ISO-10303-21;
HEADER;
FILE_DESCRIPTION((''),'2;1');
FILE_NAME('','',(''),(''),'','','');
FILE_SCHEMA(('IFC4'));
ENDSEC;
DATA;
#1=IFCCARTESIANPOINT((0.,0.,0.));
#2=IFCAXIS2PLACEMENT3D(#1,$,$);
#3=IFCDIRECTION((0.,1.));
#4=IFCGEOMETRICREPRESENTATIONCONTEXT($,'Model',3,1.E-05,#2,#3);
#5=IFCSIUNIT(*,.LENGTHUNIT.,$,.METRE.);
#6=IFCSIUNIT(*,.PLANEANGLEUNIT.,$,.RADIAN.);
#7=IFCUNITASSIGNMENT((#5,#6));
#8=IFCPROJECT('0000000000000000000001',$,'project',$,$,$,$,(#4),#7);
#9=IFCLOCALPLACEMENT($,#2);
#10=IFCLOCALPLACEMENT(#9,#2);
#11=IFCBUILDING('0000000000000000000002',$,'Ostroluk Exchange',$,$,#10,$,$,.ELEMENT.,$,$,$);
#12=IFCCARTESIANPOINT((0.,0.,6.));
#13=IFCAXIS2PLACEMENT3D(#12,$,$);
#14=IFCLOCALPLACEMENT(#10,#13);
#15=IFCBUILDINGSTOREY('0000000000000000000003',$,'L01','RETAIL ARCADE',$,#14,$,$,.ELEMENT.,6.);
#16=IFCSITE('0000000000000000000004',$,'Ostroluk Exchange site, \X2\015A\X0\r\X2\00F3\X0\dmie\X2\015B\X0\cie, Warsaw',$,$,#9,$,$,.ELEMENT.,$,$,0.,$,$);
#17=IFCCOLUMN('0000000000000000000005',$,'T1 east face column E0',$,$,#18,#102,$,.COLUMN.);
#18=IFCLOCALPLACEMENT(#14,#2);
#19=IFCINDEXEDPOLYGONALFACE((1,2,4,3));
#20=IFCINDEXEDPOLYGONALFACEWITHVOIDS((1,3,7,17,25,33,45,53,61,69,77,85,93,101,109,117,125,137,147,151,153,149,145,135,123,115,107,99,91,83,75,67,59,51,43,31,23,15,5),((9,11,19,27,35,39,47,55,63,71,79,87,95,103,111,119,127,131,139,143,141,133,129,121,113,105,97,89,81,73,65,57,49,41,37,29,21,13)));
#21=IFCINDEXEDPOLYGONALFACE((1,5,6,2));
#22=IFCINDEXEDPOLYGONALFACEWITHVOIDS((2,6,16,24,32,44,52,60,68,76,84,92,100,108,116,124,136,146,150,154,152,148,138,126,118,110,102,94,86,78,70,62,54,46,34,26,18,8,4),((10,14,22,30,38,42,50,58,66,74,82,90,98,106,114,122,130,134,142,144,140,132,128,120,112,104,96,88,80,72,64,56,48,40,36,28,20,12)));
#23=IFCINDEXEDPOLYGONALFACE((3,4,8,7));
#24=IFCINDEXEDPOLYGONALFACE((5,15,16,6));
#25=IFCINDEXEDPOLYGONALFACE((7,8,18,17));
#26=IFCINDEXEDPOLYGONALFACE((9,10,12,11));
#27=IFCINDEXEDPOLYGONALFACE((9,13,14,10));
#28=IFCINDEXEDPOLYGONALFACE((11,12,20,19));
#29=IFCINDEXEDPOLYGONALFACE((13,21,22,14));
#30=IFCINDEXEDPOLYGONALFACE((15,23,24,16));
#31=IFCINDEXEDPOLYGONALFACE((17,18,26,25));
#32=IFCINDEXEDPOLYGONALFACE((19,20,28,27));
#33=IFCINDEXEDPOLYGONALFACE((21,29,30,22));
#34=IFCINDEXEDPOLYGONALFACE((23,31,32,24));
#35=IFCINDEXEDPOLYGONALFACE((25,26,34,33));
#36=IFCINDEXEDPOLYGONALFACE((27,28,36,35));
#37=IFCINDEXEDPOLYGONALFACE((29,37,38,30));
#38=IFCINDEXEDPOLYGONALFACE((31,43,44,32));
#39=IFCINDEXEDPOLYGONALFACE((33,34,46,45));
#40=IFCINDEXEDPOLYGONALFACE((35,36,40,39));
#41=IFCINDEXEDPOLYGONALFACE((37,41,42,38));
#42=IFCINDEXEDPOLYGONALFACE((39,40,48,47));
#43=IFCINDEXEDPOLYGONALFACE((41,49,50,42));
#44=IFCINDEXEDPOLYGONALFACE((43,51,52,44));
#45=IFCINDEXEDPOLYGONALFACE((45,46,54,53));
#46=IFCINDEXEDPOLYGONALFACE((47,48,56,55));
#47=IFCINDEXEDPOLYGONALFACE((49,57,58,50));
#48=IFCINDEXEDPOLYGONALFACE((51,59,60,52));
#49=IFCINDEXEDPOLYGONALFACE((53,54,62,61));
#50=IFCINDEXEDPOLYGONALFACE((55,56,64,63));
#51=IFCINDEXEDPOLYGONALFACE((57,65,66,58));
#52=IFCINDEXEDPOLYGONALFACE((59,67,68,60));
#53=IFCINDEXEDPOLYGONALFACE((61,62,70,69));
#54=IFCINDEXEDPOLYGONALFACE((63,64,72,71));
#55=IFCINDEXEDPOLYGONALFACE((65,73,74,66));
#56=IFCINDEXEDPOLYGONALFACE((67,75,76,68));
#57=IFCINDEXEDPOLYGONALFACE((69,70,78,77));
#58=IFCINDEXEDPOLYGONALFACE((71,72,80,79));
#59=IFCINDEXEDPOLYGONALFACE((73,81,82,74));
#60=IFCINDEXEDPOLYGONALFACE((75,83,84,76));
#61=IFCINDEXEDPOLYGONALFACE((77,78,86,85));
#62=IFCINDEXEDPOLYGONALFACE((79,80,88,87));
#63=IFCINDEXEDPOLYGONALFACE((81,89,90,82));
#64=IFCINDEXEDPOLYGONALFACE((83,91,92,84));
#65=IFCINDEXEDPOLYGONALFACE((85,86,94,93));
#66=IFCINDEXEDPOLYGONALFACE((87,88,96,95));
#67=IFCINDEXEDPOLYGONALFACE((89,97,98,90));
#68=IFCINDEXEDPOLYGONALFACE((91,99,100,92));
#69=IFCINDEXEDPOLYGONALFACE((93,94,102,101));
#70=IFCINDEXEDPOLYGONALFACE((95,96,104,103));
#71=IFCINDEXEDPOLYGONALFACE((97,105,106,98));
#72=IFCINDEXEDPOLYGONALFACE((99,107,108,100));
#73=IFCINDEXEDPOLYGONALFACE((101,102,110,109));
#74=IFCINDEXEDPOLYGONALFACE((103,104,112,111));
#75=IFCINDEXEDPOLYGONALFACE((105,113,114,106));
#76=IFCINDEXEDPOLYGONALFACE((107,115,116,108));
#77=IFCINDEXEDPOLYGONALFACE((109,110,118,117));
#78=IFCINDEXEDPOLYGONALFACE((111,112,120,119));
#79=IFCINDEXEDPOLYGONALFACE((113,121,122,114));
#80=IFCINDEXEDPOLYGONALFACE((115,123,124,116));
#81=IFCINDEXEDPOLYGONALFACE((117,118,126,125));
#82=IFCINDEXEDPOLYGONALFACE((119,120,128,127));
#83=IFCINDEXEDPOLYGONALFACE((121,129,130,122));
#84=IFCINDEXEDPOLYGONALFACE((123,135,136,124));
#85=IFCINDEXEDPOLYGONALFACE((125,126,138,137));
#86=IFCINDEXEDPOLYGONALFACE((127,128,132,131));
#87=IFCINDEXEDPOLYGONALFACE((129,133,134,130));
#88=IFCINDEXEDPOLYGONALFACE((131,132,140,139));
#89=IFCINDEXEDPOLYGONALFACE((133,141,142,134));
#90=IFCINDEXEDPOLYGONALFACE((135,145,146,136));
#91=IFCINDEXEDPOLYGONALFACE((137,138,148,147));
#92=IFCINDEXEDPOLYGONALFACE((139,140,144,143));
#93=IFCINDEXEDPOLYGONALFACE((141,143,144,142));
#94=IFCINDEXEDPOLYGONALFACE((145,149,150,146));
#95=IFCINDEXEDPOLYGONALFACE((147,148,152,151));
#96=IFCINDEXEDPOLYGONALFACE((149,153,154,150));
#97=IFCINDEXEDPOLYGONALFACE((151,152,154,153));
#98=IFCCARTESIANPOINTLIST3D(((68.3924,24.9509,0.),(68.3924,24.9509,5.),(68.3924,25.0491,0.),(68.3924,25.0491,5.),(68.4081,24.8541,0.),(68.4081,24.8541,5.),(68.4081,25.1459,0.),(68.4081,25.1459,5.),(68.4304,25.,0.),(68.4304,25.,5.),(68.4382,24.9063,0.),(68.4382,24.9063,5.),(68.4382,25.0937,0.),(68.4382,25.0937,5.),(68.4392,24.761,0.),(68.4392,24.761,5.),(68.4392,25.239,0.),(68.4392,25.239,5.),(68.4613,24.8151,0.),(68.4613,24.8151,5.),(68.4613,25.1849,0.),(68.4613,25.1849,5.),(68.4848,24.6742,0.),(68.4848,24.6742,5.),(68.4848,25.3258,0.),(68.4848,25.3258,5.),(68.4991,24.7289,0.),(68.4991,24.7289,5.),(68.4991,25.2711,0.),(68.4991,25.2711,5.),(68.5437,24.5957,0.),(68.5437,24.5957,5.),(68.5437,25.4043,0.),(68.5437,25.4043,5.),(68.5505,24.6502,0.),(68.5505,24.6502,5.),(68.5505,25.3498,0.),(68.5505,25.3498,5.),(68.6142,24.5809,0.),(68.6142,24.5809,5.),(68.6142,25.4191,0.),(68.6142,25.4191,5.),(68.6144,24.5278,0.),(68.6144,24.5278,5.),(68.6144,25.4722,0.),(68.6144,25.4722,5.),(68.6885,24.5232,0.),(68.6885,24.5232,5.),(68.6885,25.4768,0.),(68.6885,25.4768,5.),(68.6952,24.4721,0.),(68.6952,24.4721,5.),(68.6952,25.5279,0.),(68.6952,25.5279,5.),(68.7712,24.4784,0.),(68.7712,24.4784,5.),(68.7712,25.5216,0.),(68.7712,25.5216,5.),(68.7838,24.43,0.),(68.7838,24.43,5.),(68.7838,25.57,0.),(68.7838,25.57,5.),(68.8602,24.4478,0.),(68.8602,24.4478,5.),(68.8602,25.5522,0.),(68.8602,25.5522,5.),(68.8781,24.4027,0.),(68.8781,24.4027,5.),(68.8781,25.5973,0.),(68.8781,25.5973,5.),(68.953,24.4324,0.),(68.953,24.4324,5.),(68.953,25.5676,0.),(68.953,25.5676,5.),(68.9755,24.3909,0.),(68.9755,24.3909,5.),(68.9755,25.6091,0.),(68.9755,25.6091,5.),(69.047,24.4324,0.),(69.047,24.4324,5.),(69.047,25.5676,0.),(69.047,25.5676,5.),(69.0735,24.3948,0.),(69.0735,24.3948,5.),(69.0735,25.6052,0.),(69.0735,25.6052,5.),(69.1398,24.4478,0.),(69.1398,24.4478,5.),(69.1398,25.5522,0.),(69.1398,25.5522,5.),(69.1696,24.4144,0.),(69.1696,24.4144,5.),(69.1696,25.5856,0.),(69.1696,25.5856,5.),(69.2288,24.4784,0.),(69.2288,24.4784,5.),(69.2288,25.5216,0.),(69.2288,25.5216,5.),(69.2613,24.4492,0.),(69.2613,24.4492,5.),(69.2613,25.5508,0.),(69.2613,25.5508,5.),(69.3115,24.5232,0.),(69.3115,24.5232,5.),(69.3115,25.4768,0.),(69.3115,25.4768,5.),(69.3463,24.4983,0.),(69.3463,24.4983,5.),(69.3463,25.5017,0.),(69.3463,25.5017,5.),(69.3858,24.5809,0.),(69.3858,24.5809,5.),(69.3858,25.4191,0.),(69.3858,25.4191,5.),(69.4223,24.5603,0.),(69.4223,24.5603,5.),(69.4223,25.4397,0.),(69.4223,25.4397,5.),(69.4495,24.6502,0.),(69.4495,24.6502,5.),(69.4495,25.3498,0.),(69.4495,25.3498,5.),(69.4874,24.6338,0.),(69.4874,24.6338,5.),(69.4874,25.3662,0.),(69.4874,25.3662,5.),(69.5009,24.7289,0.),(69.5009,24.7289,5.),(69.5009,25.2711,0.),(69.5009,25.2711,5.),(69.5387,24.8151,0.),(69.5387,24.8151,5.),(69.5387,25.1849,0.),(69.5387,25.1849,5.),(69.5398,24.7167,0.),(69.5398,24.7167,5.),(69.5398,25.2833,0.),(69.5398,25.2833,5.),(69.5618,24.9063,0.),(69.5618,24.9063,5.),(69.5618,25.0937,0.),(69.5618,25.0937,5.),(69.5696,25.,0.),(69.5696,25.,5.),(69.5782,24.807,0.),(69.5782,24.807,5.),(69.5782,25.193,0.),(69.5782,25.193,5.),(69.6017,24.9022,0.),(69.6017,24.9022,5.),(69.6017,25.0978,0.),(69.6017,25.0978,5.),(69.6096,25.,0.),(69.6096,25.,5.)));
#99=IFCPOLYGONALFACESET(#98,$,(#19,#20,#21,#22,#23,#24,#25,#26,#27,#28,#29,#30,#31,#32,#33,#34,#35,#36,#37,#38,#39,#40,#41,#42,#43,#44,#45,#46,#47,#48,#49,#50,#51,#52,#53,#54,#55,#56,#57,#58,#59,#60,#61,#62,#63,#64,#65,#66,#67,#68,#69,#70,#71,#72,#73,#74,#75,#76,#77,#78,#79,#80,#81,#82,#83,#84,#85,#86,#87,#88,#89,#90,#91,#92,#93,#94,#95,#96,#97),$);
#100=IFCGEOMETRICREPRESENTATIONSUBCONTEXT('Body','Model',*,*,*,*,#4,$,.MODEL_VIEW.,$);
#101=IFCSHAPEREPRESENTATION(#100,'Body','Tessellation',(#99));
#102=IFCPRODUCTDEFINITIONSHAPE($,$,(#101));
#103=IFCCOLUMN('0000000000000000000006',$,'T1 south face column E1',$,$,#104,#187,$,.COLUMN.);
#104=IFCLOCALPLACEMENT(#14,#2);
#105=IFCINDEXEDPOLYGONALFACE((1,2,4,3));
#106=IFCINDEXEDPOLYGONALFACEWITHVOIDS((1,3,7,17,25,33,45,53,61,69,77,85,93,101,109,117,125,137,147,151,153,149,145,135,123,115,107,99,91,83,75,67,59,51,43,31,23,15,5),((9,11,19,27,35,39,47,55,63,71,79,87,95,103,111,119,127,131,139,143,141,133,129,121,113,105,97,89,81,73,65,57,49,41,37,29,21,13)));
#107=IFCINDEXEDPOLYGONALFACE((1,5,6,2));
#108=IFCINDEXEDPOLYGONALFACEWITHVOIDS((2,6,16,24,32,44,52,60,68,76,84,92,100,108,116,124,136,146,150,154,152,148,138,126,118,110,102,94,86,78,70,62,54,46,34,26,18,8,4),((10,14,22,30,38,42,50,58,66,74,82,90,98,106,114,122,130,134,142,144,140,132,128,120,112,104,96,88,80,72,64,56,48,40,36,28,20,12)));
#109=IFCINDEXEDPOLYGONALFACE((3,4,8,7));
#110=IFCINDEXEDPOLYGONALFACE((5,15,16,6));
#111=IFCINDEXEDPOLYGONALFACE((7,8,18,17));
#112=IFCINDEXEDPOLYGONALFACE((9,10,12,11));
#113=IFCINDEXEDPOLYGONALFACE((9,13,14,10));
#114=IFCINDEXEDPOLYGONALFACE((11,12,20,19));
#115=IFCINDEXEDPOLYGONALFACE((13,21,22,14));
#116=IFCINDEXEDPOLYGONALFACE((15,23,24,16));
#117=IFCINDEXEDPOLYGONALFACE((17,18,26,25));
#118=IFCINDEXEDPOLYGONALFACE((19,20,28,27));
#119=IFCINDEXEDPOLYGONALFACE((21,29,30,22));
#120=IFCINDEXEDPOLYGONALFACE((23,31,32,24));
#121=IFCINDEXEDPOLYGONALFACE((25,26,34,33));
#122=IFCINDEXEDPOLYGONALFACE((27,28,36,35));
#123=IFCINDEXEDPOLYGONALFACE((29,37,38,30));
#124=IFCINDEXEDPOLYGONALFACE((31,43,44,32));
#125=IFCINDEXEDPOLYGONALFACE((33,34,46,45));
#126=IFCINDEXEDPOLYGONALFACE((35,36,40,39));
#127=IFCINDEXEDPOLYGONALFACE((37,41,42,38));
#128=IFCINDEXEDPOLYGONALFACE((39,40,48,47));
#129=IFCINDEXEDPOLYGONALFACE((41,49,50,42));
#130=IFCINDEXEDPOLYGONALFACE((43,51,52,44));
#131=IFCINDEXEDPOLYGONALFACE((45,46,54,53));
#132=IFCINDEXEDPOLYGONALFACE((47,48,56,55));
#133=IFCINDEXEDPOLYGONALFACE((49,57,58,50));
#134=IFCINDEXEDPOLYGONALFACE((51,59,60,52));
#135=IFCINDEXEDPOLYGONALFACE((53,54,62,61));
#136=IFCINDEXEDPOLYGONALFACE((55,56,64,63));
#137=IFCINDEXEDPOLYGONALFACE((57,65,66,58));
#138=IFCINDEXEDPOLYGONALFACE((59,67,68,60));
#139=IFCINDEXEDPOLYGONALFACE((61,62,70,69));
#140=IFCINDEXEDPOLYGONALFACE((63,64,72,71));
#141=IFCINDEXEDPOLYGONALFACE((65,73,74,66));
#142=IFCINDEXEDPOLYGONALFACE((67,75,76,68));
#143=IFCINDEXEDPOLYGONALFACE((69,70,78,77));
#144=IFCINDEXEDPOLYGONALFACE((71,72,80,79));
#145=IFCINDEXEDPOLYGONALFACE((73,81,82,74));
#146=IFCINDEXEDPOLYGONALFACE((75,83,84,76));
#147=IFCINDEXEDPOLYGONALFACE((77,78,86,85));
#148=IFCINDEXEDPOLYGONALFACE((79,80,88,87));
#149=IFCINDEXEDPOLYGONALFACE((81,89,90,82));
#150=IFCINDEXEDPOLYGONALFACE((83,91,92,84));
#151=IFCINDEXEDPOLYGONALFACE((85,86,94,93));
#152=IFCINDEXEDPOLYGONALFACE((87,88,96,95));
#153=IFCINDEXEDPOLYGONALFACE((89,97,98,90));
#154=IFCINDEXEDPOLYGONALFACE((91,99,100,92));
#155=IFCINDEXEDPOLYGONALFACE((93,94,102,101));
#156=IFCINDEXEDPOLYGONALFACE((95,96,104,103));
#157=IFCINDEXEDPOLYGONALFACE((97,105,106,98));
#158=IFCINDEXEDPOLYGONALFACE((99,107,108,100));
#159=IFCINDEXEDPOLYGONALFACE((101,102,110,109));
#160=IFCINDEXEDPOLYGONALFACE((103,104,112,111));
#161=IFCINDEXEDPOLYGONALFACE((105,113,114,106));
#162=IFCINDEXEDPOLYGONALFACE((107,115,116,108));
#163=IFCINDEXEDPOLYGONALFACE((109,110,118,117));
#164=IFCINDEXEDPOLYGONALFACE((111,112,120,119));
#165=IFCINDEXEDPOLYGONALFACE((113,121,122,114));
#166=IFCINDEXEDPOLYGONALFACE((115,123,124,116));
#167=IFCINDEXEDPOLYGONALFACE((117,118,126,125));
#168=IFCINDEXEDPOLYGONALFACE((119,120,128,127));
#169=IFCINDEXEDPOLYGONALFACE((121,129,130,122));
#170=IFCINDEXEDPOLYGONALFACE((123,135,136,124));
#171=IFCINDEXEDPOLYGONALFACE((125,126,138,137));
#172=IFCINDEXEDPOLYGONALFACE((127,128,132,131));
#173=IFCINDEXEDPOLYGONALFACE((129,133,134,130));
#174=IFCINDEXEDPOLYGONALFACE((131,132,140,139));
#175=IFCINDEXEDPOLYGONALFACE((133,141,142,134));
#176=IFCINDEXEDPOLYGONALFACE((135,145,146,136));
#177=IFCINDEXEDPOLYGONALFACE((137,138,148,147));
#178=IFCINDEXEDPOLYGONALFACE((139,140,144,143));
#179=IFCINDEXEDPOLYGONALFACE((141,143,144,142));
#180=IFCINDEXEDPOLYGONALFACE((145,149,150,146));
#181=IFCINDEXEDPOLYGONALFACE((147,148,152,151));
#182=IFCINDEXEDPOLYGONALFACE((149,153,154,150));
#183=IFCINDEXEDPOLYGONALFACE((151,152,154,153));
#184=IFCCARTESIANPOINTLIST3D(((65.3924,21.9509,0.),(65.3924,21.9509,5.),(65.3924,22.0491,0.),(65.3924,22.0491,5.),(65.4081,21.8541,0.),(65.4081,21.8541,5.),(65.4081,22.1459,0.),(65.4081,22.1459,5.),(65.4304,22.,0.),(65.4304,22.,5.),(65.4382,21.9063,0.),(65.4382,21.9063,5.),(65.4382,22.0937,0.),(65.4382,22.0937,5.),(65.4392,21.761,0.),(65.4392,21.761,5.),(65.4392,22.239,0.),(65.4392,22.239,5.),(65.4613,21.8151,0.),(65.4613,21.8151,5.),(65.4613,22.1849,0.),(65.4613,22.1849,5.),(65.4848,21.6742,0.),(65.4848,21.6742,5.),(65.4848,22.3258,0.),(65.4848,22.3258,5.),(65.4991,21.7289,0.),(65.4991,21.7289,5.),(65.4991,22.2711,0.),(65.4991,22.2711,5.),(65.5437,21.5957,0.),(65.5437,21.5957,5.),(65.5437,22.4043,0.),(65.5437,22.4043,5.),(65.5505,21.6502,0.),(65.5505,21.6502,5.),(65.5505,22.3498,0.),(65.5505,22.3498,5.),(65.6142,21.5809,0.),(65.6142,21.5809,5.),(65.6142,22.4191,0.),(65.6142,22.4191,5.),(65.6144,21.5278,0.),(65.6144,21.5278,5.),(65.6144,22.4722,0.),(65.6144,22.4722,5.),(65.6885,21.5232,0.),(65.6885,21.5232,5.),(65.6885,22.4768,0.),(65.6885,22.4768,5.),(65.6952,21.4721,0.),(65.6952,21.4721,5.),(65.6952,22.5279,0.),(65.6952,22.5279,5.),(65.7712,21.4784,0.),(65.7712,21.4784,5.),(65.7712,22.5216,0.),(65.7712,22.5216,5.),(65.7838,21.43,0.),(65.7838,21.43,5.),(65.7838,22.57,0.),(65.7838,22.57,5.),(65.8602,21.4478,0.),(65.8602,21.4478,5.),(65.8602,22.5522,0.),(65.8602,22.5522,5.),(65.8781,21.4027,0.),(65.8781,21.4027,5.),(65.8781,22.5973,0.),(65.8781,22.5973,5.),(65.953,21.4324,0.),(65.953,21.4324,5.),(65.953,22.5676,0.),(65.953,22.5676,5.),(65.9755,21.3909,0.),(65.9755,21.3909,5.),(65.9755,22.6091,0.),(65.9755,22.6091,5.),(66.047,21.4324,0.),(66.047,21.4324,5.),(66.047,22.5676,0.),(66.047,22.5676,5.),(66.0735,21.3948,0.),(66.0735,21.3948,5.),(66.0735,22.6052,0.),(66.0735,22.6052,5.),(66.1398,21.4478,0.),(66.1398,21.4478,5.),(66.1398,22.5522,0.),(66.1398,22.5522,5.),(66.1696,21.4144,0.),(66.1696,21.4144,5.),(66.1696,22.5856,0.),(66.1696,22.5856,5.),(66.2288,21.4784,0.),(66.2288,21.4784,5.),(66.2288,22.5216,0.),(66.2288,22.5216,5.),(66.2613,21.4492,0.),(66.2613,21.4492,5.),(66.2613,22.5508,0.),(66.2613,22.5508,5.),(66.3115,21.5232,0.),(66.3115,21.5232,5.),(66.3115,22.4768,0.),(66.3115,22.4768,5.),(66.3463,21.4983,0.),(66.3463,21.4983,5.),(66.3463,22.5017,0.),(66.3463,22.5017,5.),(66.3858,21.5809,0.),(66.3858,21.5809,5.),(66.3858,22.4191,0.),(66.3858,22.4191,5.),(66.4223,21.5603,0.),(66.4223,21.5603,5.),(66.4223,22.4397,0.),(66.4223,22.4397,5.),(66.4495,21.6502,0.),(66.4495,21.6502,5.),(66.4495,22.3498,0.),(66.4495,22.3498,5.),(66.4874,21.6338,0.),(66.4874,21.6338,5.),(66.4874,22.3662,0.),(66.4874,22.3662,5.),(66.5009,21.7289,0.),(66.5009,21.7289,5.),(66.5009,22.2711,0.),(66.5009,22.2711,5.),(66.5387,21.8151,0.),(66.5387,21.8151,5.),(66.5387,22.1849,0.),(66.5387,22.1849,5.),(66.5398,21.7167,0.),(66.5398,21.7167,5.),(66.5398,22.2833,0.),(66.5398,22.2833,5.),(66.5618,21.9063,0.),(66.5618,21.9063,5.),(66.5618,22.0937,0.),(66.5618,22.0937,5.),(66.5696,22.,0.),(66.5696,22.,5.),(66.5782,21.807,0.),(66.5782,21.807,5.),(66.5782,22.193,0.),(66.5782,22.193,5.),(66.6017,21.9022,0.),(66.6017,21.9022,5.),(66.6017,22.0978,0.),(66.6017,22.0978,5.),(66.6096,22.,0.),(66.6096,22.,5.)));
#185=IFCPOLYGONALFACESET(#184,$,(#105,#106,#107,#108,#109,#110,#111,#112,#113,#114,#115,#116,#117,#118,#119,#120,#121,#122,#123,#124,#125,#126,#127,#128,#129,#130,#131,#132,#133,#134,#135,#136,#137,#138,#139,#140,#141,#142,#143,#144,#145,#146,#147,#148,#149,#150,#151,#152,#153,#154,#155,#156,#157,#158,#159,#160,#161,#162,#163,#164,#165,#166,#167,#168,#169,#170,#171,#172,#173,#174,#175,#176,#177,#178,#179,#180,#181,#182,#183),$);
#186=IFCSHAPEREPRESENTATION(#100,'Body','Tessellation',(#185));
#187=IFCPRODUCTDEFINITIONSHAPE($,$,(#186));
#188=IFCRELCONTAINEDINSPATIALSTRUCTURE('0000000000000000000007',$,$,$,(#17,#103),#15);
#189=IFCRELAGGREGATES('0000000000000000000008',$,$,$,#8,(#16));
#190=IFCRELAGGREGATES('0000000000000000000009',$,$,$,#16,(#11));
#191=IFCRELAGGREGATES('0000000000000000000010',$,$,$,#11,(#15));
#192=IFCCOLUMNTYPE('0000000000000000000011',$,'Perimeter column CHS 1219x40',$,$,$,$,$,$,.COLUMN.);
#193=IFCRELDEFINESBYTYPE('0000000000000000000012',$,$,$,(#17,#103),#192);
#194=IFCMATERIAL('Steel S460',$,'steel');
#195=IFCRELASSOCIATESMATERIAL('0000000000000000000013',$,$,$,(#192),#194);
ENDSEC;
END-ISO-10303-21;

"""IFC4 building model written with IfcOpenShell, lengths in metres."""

from ifc_helpers import new_model, si_unit, direction, frame, origin, origin_2d, place, context, subcontext, project, spatial, hollow_circle, extrude, material, material_profile, profile_set, type_object, element, save


model = new_model("IFC4")

# Units and contexts
model_context = context("Model", 3, precision=1e-05, world=origin(), true_north=direction((0.0, 1.0)))
body_context = subcontext(model_context, "Body", "Model", "MODEL_VIEW")
ifc_project = project(units=[si_unit("LENGTHUNIT", "METRE"), si_unit("PLANEANGLEUNIT", "RADIAN")], contexts=[model_context])

# Site, building, storey
site_placement = place(None, origin())
site = spatial("IfcSite", under=ifc_project, at=site_placement, Name="Ostroluk Exchange site, Śródmieście, Warsaw", CompositionType="ELEMENT", RefElevation=0.0)
building_placement = place(site_placement, origin())
building = spatial("IfcBuilding", under=site, at=building_placement, Name="Ostroluk Exchange", CompositionType="ELEMENT")
storey_placement = place(building_placement, frame((0.0, 0.0, 6.0)))
storey = spatial("IfcBuildingStorey", under=building, at=storey_placement, Name="L01", Description="RETAIL ARCADE", CompositionType="ELEMENT", Elevation=6.0)

# Columns
ifc_material_1 = material(Name="Steel S460", Category="steel")
ifc_material_profile_1 = material_profile(ifc_material_1, hollow_circle(Radius=0.6096, WallThickness=0.04, at=origin_2d()), Name="CHS 1219x40")
ifc_profile_set_1 = profile_set([ifc_material_profile_1], Name="Steel S460")
column_type_1 = type_object("IfcColumnType", Name="Perimeter column CHS 1219x40", PredefinedType="COLUMN", material=ifc_profile_set_1)
for number, where, z_axis, x_axis, name in (
    (1, (69.0, 25.0, 0.0), (0.0, 0.0, 1.0), (1.0, 0.0, 0.0), "T1 east face column E0"),
    (2, (66.0, 22.0, 0.0), (0.0, 0.0, 1.0), (1.0, 0.0, 0.0), "T1 south face column E1"),
):
    element("IfcColumn", number, at=place(storey_placement, frame(where, z_axis=z_axis, x_axis=x_axis)), inside=storey, type_object=column_type_1, Name=name, PredefinedType="COLUMN", context=body_context, shape_type="SweptSolid", body=[
        extrude(hollow_circle(Radius=0.6096, WallThickness=0.04, at=origin_2d()), origin(), (0.0, 0.0, 1.0), 5.0),
    ])

save(model, "model.ifc")
